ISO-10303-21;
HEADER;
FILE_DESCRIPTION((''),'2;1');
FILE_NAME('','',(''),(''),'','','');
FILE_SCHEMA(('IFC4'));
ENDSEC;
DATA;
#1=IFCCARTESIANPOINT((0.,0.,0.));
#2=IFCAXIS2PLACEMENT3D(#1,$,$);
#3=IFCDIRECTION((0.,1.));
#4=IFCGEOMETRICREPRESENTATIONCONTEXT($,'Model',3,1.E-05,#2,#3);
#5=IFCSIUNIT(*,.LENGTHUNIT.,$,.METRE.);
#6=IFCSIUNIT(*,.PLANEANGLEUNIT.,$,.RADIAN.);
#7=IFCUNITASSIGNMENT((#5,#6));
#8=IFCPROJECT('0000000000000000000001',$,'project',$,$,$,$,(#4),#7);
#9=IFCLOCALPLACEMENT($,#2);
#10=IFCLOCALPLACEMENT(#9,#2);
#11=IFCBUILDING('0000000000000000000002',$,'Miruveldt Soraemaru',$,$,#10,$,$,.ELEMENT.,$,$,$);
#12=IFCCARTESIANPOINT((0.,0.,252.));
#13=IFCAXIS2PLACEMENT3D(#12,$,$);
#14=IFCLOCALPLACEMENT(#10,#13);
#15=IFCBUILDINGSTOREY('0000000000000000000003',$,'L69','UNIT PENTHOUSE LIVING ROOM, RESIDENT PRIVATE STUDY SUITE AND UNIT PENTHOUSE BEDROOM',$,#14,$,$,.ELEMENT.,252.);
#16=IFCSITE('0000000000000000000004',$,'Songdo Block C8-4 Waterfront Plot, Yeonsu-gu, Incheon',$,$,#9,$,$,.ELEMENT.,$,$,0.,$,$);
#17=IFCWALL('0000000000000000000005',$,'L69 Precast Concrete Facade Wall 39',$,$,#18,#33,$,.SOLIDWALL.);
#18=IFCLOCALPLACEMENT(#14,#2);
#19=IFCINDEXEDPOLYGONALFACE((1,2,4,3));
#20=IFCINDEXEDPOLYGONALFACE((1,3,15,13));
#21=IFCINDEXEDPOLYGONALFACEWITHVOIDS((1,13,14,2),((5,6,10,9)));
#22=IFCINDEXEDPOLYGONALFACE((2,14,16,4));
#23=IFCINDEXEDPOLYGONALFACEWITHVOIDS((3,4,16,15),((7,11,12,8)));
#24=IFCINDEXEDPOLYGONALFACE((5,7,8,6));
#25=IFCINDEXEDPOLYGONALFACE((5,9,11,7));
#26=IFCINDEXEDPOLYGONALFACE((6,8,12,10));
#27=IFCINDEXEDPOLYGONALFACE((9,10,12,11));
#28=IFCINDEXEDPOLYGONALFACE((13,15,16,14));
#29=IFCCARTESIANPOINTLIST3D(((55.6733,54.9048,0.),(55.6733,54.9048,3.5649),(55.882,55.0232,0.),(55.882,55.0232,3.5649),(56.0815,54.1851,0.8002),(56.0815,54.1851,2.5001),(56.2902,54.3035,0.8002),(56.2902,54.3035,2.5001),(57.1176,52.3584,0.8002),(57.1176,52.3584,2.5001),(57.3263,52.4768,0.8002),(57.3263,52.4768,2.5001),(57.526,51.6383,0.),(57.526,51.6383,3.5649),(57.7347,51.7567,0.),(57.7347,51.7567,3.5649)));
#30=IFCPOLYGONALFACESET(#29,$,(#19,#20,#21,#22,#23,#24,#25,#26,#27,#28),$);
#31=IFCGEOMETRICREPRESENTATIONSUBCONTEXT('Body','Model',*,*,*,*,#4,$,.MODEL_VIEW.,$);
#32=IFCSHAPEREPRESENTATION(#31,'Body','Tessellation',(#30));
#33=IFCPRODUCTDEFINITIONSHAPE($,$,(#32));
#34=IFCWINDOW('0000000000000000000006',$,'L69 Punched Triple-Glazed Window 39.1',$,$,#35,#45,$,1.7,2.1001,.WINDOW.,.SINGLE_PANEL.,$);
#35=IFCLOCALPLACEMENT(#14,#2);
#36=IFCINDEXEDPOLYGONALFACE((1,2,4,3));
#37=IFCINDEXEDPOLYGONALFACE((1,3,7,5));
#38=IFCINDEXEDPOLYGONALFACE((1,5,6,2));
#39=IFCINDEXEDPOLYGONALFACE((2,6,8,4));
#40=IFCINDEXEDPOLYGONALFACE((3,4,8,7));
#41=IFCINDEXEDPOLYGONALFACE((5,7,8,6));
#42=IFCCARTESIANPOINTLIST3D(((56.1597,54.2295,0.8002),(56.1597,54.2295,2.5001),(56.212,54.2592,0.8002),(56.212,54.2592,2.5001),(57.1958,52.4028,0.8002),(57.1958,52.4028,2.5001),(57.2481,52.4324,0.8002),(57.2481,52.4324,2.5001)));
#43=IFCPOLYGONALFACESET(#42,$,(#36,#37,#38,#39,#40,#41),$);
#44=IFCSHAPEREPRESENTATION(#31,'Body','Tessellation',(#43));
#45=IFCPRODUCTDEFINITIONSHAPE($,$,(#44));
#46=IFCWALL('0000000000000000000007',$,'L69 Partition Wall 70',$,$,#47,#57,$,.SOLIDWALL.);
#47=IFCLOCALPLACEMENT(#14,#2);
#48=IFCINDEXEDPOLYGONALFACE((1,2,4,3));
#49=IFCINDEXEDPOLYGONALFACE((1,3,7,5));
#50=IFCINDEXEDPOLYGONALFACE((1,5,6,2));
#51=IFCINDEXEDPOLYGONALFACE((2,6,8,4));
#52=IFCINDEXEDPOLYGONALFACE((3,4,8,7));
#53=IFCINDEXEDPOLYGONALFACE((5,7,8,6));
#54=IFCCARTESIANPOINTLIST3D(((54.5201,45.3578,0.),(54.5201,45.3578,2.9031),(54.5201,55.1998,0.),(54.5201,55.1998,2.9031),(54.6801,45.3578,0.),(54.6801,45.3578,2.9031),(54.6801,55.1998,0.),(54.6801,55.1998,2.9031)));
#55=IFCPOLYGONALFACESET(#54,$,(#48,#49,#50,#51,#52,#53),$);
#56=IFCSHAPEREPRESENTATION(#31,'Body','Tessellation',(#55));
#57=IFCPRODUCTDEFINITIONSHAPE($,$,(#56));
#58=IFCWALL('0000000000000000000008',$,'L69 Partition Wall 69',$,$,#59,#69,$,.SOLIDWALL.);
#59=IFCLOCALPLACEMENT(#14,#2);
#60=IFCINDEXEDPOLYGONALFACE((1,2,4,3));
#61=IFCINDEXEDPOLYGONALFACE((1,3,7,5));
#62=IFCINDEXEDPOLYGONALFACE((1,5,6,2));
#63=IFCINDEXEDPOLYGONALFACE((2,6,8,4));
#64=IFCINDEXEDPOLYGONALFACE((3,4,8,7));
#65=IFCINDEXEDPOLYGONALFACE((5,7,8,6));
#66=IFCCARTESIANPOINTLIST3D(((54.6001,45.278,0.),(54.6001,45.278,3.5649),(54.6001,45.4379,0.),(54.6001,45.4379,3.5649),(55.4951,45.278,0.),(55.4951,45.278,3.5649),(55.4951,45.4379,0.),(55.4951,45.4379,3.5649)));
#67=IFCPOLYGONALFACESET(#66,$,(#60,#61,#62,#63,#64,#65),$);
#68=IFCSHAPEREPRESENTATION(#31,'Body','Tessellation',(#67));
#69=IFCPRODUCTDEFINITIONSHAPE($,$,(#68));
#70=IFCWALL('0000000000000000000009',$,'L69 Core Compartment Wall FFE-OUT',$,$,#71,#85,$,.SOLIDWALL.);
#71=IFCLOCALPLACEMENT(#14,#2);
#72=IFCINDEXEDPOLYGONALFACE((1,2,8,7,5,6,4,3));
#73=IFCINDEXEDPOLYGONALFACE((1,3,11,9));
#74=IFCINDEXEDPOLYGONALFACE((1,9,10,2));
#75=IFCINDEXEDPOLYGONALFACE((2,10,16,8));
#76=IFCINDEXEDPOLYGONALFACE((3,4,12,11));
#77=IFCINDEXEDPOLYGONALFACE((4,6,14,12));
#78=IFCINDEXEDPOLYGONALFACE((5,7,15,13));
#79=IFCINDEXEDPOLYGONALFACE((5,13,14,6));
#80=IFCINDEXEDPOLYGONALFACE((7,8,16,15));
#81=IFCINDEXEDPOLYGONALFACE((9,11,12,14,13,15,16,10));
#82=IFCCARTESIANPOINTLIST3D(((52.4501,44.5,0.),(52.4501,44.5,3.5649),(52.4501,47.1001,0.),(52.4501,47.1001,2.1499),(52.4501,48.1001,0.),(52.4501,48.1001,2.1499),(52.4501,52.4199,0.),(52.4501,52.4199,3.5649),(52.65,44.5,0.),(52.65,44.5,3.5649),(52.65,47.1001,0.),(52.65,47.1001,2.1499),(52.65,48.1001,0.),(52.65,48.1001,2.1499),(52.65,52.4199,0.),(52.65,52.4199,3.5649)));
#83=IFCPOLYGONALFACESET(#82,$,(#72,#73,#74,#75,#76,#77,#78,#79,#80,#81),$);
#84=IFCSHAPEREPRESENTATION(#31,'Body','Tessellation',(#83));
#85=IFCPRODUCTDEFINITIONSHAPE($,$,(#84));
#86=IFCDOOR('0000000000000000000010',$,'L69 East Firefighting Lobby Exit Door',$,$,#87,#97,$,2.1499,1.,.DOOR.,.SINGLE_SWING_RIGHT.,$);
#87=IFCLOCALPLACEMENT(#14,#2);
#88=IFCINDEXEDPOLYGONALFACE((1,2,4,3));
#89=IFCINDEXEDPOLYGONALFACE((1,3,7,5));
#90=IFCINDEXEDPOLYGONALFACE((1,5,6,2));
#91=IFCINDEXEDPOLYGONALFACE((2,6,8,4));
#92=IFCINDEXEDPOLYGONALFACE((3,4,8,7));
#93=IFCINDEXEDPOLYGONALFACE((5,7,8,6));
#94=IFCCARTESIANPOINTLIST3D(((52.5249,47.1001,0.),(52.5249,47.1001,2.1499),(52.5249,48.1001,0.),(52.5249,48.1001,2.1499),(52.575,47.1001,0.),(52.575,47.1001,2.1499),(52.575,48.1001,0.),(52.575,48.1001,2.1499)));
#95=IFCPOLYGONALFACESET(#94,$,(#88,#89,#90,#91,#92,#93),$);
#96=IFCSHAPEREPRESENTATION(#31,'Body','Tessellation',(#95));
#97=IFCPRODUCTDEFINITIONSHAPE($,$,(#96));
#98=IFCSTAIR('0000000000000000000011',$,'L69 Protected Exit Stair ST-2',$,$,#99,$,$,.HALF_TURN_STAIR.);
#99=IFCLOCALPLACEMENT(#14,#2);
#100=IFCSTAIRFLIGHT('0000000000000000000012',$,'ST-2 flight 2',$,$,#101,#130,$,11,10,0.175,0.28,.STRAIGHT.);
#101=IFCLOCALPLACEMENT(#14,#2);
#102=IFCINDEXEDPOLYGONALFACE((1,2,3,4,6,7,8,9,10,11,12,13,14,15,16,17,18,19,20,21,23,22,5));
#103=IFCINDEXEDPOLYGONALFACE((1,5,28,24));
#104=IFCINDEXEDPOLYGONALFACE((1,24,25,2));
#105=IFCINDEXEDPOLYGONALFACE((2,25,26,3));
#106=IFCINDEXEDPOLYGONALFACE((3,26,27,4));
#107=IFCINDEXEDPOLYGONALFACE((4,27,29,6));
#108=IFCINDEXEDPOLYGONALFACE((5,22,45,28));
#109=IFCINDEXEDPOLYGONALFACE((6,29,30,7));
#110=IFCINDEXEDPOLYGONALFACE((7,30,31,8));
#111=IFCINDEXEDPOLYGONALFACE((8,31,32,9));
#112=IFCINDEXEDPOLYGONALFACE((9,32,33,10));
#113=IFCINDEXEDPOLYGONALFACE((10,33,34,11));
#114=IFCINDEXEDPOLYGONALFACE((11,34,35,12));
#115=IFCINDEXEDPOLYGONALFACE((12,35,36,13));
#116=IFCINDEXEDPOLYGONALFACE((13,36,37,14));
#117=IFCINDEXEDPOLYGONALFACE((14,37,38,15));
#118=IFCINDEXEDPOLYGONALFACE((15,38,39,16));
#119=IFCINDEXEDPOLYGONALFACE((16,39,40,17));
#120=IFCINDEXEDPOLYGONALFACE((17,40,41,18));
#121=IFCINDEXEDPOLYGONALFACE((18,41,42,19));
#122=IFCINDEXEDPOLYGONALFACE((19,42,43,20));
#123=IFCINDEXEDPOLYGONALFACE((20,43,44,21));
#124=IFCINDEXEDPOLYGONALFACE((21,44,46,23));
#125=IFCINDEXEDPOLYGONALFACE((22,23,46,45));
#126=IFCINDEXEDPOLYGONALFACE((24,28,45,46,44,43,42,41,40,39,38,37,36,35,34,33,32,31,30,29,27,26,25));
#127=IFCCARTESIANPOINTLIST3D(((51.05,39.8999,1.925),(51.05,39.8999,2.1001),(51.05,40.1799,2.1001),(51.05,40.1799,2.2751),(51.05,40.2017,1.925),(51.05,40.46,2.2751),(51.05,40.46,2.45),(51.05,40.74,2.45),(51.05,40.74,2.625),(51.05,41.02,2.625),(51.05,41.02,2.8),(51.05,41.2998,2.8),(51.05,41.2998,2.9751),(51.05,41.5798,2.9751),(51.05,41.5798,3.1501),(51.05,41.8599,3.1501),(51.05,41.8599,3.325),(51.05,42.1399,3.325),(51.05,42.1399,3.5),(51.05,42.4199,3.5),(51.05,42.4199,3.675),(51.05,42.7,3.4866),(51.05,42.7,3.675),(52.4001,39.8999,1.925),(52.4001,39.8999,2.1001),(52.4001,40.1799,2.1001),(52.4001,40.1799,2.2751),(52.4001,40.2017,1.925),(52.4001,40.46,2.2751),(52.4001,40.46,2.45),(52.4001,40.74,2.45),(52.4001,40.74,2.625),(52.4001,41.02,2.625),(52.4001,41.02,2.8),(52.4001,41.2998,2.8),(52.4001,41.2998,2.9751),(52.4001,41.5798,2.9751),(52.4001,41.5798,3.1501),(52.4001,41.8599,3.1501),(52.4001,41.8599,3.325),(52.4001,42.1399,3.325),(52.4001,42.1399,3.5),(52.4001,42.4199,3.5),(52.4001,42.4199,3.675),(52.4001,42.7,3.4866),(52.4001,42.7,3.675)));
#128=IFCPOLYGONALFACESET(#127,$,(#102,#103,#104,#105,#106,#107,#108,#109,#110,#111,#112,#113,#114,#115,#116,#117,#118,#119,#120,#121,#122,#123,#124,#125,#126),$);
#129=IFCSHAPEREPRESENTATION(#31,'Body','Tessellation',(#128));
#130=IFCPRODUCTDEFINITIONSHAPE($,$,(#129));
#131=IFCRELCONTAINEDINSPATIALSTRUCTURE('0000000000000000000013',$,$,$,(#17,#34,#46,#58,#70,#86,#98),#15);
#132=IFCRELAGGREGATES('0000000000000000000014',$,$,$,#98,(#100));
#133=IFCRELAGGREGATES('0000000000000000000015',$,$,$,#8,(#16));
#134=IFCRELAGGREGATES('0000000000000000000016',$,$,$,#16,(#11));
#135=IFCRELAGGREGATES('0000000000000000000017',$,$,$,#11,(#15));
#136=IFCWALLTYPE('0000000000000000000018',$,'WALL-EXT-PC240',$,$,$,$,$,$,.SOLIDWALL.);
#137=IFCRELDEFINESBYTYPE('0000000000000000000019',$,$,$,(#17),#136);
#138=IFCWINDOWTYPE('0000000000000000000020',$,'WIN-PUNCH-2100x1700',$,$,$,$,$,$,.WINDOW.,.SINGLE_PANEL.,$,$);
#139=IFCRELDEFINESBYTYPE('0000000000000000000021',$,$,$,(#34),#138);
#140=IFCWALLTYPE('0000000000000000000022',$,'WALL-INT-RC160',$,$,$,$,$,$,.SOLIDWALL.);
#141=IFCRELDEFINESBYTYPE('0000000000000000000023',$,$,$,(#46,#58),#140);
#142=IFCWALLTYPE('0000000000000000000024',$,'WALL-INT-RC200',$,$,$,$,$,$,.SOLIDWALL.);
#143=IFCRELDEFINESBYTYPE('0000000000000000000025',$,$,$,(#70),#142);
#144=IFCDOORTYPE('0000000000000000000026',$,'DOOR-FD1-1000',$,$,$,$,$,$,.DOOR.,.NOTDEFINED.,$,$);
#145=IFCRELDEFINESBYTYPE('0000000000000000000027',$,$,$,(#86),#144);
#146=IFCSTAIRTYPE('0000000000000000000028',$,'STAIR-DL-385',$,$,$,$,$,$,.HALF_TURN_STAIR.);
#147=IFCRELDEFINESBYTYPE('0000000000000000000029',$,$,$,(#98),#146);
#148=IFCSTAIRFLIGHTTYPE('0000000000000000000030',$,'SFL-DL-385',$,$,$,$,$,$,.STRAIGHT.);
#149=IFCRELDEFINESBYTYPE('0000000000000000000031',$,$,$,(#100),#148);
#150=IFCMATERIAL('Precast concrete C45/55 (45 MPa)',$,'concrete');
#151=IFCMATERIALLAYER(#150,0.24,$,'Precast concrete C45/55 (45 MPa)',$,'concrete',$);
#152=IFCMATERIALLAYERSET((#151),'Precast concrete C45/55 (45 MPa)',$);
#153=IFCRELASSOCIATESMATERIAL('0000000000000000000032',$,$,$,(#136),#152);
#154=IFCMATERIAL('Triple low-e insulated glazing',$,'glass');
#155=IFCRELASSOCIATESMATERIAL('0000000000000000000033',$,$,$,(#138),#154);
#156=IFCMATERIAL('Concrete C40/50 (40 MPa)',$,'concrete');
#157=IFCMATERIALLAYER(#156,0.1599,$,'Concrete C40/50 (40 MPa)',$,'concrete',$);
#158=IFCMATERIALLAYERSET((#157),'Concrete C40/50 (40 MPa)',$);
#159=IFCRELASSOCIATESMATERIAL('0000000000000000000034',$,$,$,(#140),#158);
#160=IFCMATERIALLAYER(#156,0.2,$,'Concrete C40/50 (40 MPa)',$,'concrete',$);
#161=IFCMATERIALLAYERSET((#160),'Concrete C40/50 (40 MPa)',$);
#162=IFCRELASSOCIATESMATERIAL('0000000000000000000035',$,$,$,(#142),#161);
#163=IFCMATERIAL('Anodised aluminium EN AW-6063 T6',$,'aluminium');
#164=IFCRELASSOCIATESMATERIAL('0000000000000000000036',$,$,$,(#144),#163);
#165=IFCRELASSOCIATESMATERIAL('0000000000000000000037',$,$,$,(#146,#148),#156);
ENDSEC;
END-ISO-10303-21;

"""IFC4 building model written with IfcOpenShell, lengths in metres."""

from ifc_helpers import new_model, si_unit, direction, frame, frame_2d, origin, place, context, subcontext, project, spatial, polyline, rectangle, outline, extrude, material, layer, layer_set, type_object, element, fill, aggregate, save


model = new_model("IFC4")

# Units and contexts
model_context = context("Model", 3, precision=1e-05, world=origin(), true_north=direction((0.0, 1.0)))
body_context = subcontext(model_context, "Body", "Model", "MODEL_VIEW")
ifc_project = project(units=[si_unit("LENGTHUNIT", "METRE"), si_unit("PLANEANGLEUNIT", "RADIAN")], contexts=[model_context])

# Site, building, storey
site_placement = place(None, origin())
site = spatial("IfcSite", under=ifc_project, at=site_placement, Name="Songdo Block C8-4 Waterfront Plot, Yeonsu-gu, Incheon", CompositionType="ELEMENT", RefElevation=0.0)
building_placement = place(site_placement, origin())
building = spatial("IfcBuilding", under=site, at=building_placement, Name="Miruveldt Soraemaru", CompositionType="ELEMENT")
storey_placement = place(building_placement, frame((0.0, 0.0, 252.0)))
storey = spatial("IfcBuildingStorey", under=building, at=storey_placement, Name="L69", Description="UNIT PENTHOUSE LIVING ROOM, RESIDENT PRIVATE STUDY SUITE AND UNIT PENTHOUSE BEDROOM", CompositionType="ELEMENT", Elevation=252.0)

# Shared definitions
ifc_material_1 = material(Name="Anodised aluminium EN AW-6063 T6", Category="aluminium")

# Wall, opening, window
ifc_material_2 = material(Name="Precast concrete C45/55 (45 MPa)", Category="concrete")
ifc_layer_1 = layer(ifc_material_2, 0.24, Name="Precast concrete C45/55 (45 MPa)", Category="concrete")
ifc_layer_set_1 = layer_set([ifc_layer_1], Name="Precast concrete C45/55 (45 MPa)")
wall_type_1 = type_object("IfcWallType", Name="WALL-EXT-PC240", PredefinedType="SOLIDWALL", material=ifc_layer_set_1)
ifc_material_3 = material(Name="Triple low-e insulated glazing", Category="glass")
window_type_1 = type_object("IfcWindowType", Name="WIN-PUNCH-2100x1700", PartitioningType="SINGLE_PANEL", PredefinedType="WINDOW", material=ifc_material_3)
wall_1_placement = place(storey_placement, frame((57.6304, 51.6975, 0.0), z_axis=(0.0, 0.0, 1.0), x_axis=(-0.493357, 0.869827, 0.0)))
wall_1 = element("IfcWall", 1, at=wall_1_placement, inside=storey, type_object=wall_type_1, Name="L69 Precast Concrete Facade Wall 39", PredefinedType="SOLIDWALL", context=body_context, shape_type="SweptSolid", body=[
    extrude(rectangle(XDim=3.7554, YDim=0.24, at=frame_2d((1.8777, 0.0))), origin(), (0.0, 0.0, 1.0), 3.5649),
])
opening_1_placement = place(wall_1_placement, frame((0.8279, 0.0, 0.8)))
opening_1 = element("IfcOpeningElement", 2, at=opening_1_placement, cuts=wall_1, PredefinedType="OPENING", context=body_context, shape_type="SweptSolid", body=[
    extrude(rectangle(XDim=2.1001, YDim=1.7, at=frame_2d((1.05, 0.8501))), frame((0.0, 0.1299, 0.0), z_axis=(0.0, -1.0, 0.0), x_axis=(1.0, 0.0, 0.0)), (0.0, 0.0, 1.0), 0.26),
])
window_1_placement = place(opening_1_placement, origin())
window_1 = element("IfcWindow", 3, at=window_1_placement, inside=storey, type_object=window_type_1, Name="L69 Punched Triple-Glazed Window 39.1", OverallHeight=1.7, OverallWidth=2.1001, PartitioningType="SINGLE_PANEL", PredefinedType="WINDOW", context=body_context, shape_type="SweptSolid", body=[
    extrude(rectangle(XDim=2.1001, YDim=1.7, at=frame_2d((1.05, 0.8501))), frame((0.0, 0.03, 0.0), z_axis=(0.0, -1.0, 0.0), x_axis=(1.0, 0.0, 0.0)), (0.0, 0.0, 1.0), 0.0601),
])
fill(opening_1, window_1)

# Walls
ifc_material_4 = material(Name="Concrete C40/50 (40 MPa)", Category="concrete")
ifc_layer_2 = layer(ifc_material_4, 0.1599, Name="Concrete C40/50 (40 MPa)", Category="concrete")
ifc_layer_set_2 = layer_set([ifc_layer_2], Name="Concrete C40/50 (40 MPa)")
wall_type_2 = type_object("IfcWallType", Name="WALL-INT-RC160", PredefinedType="SOLIDWALL", material=ifc_layer_set_2)
wall_2_placement = place(storey_placement, frame((54.6001, 45.3579, 0.0), z_axis=(0.0, 0.0, 1.0), x_axis=(0.0, 1.0, 0.0)))
element("IfcWall", 4, at=wall_2_placement, inside=storey, type_object=wall_type_2, Name="L69 Partition Wall 70", PredefinedType="SOLIDWALL", context=body_context, shape_type="SweptSolid", body=[
    extrude(rectangle(XDim=9.842, YDim=0.1599, at=frame_2d((4.9209, 0.0))), origin(), (0.0, 0.0, 1.0), 2.9031),
])
wall_3_placement = place(storey_placement, frame((55.4951, 45.3579, 0.0), z_axis=(0.0, 0.0, 1.0), x_axis=(-1.0, 0.0, 0.0)))
element("IfcWall", 5, at=wall_3_placement, inside=storey, type_object=wall_type_2, Name="L69 Partition Wall 69", PredefinedType="SOLIDWALL", context=body_context, shape_type="SweptSolid", body=[
    extrude(rectangle(XDim=0.895, YDim=0.1599, at=frame_2d((0.4475, 0.0))), origin(), (0.0, 0.0, 1.0), 3.5649),
])

# Wall, opening, door
ifc_layer_3 = layer(ifc_material_4, 0.2, Name="Concrete C40/50 (40 MPa)", Category="concrete")
ifc_layer_set_3 = layer_set([ifc_layer_3], Name="Concrete C40/50 (40 MPa)")
wall_type_3 = type_object("IfcWallType", Name="WALL-INT-RC200", PredefinedType="SOLIDWALL", material=ifc_layer_set_3)
wall_4_placement = place(storey_placement, frame((52.55, 44.5, 0.0), z_axis=(0.0, 0.0, 1.0), x_axis=(0.0, 1.0, 0.0)))
wall_4 = element("IfcWall", 6, at=wall_4_placement, inside=storey, type_object=wall_type_3, Name="L69 Core Compartment Wall FFE-OUT", PredefinedType="SOLIDWALL", context=body_context, shape_type="SweptSolid", body=[
    extrude(rectangle(XDim=7.9199, YDim=0.2, at=frame_2d((3.96, 0.0))), origin(), (0.0, 0.0, 1.0), 3.5649),
])
opening_2_placement = place(wall_4_placement, frame((2.6001, 0.0, 0.0)))
opening_2 = element("IfcOpeningElement", 7, at=opening_2_placement, cuts=wall_4, PredefinedType="OPENING", context=body_context, shape_type="SweptSolid", body=[
    extrude(rectangle(XDim=1.0, YDim=2.1499, at=frame_2d((0.5, 1.075))), frame((0.0, 0.1099, 0.0), z_axis=(0.0, -1.0, 0.0), x_axis=(1.0, 0.0, 0.0)), (0.0, 0.0, 1.0), 0.22),
])
door_type = type_object("IfcDoorType", Name="DOOR-FD1-1000", OperationType="NOTDEFINED", PredefinedType="DOOR", material=ifc_material_1)
door_placement = place(opening_2_placement, frame((1.0, 0.0, 0.0), z_axis=(0.0, 0.0, 1.0), x_axis=(-1.0, 0.0, 0.0)))
door = element("IfcDoor", 8, at=door_placement, inside=storey, type_object=door_type, Name="L69 East Firefighting Lobby Exit Door", OperationType="SINGLE_SWING_RIGHT", OverallHeight=2.1499, OverallWidth=1.0, PredefinedType="DOOR", context=body_context, shape_type="SweptSolid", body=[
    extrude(rectangle(XDim=1.0, YDim=2.1499, at=frame_2d((0.5, 1.075))), frame((0.0, 0.0249, 0.0), z_axis=(0.0, -1.0, 0.0), x_axis=(1.0, 0.0, 0.0)), (0.0, 0.0, 1.0), 0.05),
])
fill(opening_2, door)

# Stair, stair flight
stair_type = type_object("IfcStairType", Name="STAIR-DL-385", PredefinedType="HALF_TURN_STAIR", material=ifc_material_4)
stair_placement = place(storey_placement, origin())
stair = element("IfcStair", 9, at=stair_placement, inside=storey, type_object=stair_type, Name="L69 Protected Exit Stair ST-2", PredefinedType="HALF_TURN_STAIR")
stair_flight_type = type_object("IfcStairFlightType", Name="SFL-DL-385", PredefinedType="STRAIGHT", material=ifc_material_4)
stair_flight_placement = place(storey_placement, frame((51.7251, 39.8999, 1.925), z_axis=(0.0, 0.0, 1.0), x_axis=(0.0, 1.0, 0.0)))
stair_flight = element("IfcStairFlight", 10, at=stair_flight_placement, type_object=stair_flight_type, Name="ST-2 flight 2", NumberOfRisers=11, NumberOfTreads=10, PredefinedType="STRAIGHT", RiserHeight=0.175, TreadLength=0.28, context=body_context, shape_type="SweptSolid", body=[
    extrude(outline(polyline([(0.0, 0.0), (0.0, 0.175), (0.28, 0.175), (0.28, 0.3501), (0.5601, 0.3501), (0.5601, 0.5249), (0.8401, 0.5249), (0.8401, 0.7), (1.1201, 0.7), (1.1201, 0.875), (1.3999, 0.875), (1.3999, 1.05), (1.6799, 1.05), (1.6799, 1.2251), (1.96, 1.2251), (1.96, 1.3999), (2.24, 1.3999), (2.24, 1.575), (2.52, 1.575), (2.52, 1.75), (2.8, 1.75), (2.8, 1.925), (2.8, 1.5615), (0.3018, 0.0), (0.0, 0.0)])), frame((0.0, 0.675, 0.0), z_axis=(0.0, -1.0, 0.0), x_axis=(1.0, 0.0, 0.0)), (0.0, 0.0, 1.0), 1.3501),
])
aggregate(stair, [stair_flight])

save(model, "model.ifc")
